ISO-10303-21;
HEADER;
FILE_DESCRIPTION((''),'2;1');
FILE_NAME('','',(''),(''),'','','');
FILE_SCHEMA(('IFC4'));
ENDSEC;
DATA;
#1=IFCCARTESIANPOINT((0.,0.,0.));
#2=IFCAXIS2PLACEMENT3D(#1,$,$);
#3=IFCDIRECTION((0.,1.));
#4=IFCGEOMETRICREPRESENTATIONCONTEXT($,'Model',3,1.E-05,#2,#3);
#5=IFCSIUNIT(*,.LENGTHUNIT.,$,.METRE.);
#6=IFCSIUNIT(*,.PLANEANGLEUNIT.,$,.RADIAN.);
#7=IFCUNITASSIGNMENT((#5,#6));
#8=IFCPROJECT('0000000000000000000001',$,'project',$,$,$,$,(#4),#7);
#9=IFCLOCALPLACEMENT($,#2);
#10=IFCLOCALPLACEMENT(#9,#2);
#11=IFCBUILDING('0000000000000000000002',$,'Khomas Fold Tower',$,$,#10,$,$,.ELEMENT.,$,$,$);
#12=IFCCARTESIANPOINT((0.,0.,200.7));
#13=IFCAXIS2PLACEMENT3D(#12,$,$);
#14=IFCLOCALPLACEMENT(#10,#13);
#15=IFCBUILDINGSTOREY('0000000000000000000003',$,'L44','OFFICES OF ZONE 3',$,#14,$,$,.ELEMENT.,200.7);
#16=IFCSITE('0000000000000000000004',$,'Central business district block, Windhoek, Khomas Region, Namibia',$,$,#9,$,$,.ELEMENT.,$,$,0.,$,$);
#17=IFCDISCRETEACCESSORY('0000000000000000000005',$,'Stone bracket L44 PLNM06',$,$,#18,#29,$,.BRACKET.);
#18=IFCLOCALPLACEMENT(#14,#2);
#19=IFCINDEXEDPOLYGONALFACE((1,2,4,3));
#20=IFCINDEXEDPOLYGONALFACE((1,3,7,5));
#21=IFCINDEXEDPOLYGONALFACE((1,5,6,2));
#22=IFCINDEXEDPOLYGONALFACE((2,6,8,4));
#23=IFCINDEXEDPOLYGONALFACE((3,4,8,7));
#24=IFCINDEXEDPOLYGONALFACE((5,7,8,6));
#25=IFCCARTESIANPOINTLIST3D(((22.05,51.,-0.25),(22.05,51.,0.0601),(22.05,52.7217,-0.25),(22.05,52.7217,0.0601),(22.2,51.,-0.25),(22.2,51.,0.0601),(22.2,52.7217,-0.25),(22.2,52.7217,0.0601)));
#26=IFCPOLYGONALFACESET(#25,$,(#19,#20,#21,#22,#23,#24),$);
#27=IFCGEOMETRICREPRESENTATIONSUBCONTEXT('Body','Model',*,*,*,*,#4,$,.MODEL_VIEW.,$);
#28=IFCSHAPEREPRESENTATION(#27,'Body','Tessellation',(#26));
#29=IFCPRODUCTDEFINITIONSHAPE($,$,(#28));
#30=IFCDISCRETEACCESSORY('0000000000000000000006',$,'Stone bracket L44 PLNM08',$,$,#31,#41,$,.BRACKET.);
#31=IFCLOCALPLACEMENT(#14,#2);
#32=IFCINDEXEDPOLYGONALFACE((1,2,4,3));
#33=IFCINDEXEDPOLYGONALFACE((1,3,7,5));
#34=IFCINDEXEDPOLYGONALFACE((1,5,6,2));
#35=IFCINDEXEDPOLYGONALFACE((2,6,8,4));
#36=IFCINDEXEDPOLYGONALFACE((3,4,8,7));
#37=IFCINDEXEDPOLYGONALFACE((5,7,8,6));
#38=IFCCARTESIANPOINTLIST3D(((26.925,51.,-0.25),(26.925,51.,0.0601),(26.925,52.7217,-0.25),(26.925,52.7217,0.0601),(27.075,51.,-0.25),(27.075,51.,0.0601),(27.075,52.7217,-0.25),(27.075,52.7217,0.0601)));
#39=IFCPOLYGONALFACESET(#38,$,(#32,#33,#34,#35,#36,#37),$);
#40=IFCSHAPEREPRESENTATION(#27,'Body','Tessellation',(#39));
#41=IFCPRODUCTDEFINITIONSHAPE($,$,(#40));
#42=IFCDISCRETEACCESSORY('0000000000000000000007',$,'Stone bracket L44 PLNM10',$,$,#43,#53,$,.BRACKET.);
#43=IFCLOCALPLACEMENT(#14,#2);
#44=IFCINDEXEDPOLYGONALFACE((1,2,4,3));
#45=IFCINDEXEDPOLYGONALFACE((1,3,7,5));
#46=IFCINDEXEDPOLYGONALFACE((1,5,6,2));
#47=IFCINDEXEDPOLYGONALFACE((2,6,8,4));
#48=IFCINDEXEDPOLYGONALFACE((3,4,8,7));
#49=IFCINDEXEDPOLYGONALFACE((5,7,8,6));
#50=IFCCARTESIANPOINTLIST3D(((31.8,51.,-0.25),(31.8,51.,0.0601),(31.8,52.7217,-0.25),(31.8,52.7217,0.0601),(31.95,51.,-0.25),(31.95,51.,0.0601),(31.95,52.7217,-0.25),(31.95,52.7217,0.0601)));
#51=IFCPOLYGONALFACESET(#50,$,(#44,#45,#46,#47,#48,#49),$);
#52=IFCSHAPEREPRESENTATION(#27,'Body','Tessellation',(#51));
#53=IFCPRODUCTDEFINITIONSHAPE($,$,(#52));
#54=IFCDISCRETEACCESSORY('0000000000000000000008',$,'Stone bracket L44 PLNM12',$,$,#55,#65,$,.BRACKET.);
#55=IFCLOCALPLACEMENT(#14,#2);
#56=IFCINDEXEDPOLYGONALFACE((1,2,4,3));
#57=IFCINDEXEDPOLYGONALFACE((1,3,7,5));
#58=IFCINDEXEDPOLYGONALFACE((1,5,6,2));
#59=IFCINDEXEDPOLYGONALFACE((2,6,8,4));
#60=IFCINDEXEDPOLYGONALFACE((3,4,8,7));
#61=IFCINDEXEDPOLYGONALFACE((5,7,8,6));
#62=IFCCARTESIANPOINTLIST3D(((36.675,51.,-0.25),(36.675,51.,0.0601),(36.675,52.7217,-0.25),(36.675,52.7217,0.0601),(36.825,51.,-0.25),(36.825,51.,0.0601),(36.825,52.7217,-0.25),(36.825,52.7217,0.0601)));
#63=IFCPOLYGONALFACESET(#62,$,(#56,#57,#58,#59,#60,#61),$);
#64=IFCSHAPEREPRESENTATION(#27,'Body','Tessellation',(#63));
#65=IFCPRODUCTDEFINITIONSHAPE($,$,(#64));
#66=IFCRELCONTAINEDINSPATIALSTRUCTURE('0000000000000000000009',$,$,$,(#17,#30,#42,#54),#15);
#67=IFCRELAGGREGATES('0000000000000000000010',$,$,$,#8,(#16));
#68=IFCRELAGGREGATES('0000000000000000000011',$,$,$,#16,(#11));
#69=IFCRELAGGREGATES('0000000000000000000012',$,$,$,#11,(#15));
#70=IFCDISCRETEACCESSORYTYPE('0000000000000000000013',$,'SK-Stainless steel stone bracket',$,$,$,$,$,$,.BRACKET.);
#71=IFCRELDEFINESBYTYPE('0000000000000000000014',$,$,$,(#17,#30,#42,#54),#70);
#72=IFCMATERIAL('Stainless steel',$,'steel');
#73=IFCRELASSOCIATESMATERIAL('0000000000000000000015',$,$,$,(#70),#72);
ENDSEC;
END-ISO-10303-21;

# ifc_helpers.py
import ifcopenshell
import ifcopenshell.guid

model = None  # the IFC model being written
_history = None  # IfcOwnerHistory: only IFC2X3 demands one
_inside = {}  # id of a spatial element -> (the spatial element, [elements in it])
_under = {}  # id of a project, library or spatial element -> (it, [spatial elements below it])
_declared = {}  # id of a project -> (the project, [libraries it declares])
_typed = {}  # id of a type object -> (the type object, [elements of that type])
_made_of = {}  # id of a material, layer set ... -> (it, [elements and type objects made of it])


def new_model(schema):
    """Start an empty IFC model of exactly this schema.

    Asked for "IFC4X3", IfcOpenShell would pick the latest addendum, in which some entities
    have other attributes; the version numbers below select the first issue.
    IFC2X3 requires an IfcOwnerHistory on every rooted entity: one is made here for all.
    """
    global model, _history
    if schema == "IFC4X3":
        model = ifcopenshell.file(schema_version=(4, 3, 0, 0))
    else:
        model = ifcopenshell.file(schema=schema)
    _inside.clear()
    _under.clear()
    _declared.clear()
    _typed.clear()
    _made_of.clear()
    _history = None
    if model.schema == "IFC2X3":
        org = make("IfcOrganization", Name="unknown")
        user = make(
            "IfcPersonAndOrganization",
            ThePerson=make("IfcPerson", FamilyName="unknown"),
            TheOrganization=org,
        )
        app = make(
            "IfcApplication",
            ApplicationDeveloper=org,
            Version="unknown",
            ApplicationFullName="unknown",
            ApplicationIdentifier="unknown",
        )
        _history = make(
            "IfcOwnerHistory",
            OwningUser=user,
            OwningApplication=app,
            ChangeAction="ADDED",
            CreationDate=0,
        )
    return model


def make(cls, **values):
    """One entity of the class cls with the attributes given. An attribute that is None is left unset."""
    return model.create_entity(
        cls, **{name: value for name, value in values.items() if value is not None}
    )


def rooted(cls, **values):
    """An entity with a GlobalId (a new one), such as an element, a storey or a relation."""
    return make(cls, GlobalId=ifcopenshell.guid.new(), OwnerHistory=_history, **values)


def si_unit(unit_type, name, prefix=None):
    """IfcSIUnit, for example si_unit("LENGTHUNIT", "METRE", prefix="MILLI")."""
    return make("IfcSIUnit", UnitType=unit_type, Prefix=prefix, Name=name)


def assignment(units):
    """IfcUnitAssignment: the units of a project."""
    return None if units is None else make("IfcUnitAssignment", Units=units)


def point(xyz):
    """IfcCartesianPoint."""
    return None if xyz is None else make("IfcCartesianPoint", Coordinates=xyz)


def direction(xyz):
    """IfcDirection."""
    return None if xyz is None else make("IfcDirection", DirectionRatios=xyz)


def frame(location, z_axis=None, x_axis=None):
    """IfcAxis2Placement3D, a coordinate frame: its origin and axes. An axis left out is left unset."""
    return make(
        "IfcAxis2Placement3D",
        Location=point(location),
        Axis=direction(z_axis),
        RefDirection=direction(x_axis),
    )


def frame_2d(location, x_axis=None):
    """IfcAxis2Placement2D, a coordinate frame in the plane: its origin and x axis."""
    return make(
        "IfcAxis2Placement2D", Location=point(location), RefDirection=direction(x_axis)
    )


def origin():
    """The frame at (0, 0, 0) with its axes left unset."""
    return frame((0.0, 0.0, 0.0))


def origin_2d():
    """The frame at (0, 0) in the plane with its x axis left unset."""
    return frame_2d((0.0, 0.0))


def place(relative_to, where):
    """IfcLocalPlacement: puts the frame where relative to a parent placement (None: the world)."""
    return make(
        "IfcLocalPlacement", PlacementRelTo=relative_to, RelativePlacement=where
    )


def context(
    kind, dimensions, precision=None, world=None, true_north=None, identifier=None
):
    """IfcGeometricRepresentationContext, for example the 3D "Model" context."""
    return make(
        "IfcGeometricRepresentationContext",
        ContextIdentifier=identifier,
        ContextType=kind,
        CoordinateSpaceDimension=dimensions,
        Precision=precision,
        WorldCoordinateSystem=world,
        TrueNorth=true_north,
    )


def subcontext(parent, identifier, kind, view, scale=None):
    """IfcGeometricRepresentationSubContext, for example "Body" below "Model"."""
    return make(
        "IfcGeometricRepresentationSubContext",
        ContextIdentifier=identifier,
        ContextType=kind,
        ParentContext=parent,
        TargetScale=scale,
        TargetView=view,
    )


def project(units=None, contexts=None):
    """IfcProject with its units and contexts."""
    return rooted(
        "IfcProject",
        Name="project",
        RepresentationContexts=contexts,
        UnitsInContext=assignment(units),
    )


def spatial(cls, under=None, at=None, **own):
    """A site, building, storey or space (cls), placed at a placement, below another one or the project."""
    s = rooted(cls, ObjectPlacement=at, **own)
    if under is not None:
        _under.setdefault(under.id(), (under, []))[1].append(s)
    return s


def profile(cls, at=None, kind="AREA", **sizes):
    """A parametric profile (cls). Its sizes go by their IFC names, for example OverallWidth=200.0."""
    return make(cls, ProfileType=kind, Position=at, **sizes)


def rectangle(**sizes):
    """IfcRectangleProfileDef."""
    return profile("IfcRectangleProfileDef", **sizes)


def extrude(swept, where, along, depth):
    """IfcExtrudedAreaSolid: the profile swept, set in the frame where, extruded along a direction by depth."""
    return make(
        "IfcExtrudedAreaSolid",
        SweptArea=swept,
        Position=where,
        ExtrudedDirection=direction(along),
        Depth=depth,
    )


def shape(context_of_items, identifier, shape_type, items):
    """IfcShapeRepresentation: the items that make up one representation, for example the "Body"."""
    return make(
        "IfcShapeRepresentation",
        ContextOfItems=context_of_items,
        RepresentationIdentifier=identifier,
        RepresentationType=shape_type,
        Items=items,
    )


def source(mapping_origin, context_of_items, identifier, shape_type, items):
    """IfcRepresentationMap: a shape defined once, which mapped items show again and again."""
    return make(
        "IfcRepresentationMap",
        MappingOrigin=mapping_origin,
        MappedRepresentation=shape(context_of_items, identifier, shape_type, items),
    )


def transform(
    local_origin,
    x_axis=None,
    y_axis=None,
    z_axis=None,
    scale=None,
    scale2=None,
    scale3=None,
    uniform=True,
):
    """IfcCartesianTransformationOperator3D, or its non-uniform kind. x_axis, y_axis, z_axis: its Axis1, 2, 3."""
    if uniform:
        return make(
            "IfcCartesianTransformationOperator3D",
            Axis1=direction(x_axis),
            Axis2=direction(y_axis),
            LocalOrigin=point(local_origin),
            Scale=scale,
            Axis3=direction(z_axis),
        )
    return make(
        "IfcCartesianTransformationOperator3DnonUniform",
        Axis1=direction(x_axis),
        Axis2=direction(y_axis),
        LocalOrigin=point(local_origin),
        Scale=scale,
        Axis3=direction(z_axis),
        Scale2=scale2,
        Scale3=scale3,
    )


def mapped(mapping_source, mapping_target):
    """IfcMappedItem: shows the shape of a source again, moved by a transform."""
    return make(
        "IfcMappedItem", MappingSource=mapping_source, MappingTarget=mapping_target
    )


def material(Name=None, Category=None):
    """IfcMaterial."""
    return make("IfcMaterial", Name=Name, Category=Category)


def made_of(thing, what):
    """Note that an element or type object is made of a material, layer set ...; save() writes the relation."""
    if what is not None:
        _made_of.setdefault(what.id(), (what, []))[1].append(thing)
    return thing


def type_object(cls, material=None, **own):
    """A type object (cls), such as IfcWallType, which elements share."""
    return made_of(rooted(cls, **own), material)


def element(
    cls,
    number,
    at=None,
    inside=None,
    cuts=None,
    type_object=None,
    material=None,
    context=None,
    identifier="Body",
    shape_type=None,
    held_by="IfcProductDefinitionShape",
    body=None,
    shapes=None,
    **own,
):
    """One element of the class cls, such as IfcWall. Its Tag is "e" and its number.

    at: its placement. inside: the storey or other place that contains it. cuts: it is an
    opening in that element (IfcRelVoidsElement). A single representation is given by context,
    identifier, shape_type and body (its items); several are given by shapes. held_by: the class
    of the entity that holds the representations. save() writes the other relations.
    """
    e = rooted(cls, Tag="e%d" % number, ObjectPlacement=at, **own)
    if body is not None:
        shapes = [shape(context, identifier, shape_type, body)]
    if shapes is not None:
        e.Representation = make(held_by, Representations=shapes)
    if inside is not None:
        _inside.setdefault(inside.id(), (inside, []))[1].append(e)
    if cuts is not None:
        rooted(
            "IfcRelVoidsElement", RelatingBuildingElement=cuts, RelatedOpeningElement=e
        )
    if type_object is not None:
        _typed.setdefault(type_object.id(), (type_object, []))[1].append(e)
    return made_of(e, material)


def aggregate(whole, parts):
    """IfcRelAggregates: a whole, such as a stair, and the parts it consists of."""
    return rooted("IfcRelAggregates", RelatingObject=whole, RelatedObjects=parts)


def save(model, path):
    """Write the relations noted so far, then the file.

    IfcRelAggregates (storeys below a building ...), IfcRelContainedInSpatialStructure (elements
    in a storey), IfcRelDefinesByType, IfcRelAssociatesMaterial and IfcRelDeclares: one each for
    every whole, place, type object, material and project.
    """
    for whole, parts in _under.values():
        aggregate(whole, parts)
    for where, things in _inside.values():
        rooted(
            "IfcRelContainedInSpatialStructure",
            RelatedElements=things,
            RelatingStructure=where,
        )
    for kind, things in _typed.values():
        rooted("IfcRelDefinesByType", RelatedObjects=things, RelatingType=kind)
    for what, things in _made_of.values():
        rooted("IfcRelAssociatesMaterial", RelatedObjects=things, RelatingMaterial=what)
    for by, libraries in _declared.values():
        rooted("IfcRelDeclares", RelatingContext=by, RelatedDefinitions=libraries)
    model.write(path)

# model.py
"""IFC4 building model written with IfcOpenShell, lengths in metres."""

from ifc_helpers import new_model, si_unit, direction, frame, origin, origin_2d, place, context, subcontext, project, spatial, rectangle, extrude, source, transform, mapped, material, type_object, element, save


model = new_model("IFC4")

# Units and contexts
model_context = context("Model", 3, precision=1e-05, world=origin(), true_north=direction((0.0, 1.0)))
body_context = subcontext(model_context, "Body", "Model", "MODEL_VIEW")
ifc_project = project(units=[si_unit("LENGTHUNIT", "METRE"), si_unit("PLANEANGLEUNIT", "RADIAN")], contexts=[model_context])

# Site, building, storey
site_placement = place(None, origin())
site = spatial("IfcSite", under=ifc_project, at=site_placement, Name="Central business district block, Windhoek, Khomas Region, Namibia", CompositionType="ELEMENT", RefElevation=0.0)
building_placement = place(site_placement, origin())
building = spatial("IfcBuilding", under=site, at=building_placement, Name="Khomas Fold Tower", CompositionType="ELEMENT")
storey_placement = place(building_placement, frame((0.0, 0.0, 200.7)))
storey = spatial("IfcBuildingStorey", under=building, at=storey_placement, Name="L44", Description="OFFICES OF ZONE 3", CompositionType="ELEMENT", Elevation=200.7)

# Discrete accessories
ifc_material_1 = material(Name="Stainless steel", Category="steel")
discrete_accessory_type = type_object("IfcDiscreteAccessoryType", Name="SK-Stainless steel stone bracket", PredefinedType="BRACKET", material=ifc_material_1)
shared_shape_1 = source(origin(), body_context, "Body", "SweptSolid", [
    extrude(rectangle(XDim=1.7217, YDim=0.1499, at=origin_2d()), origin(), (0.0, 0.0, 1.0), 0.3101),
])
for number, where, z_axis, x_axis, name in (
    (1, (22.125, 51.8608, -0.25), (0.0, 0.0, 1.0), (0.0, 1.0, 0.0), "Stone bracket L44 PLNM06"),
    (2, (27.0, 51.8608, -0.25), (0.0, 0.0, 1.0), (0.0, 1.0, 0.0), "Stone bracket L44 PLNM08"),
    (3, (31.875, 51.8608, -0.25), (0.0, 0.0, 1.0), (0.0, 1.0, 0.0), "Stone bracket L44 PLNM10"),
    (4, (36.75, 51.8608, -0.25), (0.0, 0.0, 1.0), (0.0, 1.0, 0.0), "Stone bracket L44 PLNM12"),
):
    element("IfcDiscreteAccessory", number, at=place(storey_placement, frame(where, z_axis=z_axis, x_axis=x_axis)), inside=storey, type_object=discrete_accessory_type, Name=name, PredefinedType="BRACKET", context=body_context, shape_type="MappedRepresentation", body=[
        mapped(shared_shape_1, transform((0.0, 0.0, 0.0))),
    ])

save(model, "model.ifc")
